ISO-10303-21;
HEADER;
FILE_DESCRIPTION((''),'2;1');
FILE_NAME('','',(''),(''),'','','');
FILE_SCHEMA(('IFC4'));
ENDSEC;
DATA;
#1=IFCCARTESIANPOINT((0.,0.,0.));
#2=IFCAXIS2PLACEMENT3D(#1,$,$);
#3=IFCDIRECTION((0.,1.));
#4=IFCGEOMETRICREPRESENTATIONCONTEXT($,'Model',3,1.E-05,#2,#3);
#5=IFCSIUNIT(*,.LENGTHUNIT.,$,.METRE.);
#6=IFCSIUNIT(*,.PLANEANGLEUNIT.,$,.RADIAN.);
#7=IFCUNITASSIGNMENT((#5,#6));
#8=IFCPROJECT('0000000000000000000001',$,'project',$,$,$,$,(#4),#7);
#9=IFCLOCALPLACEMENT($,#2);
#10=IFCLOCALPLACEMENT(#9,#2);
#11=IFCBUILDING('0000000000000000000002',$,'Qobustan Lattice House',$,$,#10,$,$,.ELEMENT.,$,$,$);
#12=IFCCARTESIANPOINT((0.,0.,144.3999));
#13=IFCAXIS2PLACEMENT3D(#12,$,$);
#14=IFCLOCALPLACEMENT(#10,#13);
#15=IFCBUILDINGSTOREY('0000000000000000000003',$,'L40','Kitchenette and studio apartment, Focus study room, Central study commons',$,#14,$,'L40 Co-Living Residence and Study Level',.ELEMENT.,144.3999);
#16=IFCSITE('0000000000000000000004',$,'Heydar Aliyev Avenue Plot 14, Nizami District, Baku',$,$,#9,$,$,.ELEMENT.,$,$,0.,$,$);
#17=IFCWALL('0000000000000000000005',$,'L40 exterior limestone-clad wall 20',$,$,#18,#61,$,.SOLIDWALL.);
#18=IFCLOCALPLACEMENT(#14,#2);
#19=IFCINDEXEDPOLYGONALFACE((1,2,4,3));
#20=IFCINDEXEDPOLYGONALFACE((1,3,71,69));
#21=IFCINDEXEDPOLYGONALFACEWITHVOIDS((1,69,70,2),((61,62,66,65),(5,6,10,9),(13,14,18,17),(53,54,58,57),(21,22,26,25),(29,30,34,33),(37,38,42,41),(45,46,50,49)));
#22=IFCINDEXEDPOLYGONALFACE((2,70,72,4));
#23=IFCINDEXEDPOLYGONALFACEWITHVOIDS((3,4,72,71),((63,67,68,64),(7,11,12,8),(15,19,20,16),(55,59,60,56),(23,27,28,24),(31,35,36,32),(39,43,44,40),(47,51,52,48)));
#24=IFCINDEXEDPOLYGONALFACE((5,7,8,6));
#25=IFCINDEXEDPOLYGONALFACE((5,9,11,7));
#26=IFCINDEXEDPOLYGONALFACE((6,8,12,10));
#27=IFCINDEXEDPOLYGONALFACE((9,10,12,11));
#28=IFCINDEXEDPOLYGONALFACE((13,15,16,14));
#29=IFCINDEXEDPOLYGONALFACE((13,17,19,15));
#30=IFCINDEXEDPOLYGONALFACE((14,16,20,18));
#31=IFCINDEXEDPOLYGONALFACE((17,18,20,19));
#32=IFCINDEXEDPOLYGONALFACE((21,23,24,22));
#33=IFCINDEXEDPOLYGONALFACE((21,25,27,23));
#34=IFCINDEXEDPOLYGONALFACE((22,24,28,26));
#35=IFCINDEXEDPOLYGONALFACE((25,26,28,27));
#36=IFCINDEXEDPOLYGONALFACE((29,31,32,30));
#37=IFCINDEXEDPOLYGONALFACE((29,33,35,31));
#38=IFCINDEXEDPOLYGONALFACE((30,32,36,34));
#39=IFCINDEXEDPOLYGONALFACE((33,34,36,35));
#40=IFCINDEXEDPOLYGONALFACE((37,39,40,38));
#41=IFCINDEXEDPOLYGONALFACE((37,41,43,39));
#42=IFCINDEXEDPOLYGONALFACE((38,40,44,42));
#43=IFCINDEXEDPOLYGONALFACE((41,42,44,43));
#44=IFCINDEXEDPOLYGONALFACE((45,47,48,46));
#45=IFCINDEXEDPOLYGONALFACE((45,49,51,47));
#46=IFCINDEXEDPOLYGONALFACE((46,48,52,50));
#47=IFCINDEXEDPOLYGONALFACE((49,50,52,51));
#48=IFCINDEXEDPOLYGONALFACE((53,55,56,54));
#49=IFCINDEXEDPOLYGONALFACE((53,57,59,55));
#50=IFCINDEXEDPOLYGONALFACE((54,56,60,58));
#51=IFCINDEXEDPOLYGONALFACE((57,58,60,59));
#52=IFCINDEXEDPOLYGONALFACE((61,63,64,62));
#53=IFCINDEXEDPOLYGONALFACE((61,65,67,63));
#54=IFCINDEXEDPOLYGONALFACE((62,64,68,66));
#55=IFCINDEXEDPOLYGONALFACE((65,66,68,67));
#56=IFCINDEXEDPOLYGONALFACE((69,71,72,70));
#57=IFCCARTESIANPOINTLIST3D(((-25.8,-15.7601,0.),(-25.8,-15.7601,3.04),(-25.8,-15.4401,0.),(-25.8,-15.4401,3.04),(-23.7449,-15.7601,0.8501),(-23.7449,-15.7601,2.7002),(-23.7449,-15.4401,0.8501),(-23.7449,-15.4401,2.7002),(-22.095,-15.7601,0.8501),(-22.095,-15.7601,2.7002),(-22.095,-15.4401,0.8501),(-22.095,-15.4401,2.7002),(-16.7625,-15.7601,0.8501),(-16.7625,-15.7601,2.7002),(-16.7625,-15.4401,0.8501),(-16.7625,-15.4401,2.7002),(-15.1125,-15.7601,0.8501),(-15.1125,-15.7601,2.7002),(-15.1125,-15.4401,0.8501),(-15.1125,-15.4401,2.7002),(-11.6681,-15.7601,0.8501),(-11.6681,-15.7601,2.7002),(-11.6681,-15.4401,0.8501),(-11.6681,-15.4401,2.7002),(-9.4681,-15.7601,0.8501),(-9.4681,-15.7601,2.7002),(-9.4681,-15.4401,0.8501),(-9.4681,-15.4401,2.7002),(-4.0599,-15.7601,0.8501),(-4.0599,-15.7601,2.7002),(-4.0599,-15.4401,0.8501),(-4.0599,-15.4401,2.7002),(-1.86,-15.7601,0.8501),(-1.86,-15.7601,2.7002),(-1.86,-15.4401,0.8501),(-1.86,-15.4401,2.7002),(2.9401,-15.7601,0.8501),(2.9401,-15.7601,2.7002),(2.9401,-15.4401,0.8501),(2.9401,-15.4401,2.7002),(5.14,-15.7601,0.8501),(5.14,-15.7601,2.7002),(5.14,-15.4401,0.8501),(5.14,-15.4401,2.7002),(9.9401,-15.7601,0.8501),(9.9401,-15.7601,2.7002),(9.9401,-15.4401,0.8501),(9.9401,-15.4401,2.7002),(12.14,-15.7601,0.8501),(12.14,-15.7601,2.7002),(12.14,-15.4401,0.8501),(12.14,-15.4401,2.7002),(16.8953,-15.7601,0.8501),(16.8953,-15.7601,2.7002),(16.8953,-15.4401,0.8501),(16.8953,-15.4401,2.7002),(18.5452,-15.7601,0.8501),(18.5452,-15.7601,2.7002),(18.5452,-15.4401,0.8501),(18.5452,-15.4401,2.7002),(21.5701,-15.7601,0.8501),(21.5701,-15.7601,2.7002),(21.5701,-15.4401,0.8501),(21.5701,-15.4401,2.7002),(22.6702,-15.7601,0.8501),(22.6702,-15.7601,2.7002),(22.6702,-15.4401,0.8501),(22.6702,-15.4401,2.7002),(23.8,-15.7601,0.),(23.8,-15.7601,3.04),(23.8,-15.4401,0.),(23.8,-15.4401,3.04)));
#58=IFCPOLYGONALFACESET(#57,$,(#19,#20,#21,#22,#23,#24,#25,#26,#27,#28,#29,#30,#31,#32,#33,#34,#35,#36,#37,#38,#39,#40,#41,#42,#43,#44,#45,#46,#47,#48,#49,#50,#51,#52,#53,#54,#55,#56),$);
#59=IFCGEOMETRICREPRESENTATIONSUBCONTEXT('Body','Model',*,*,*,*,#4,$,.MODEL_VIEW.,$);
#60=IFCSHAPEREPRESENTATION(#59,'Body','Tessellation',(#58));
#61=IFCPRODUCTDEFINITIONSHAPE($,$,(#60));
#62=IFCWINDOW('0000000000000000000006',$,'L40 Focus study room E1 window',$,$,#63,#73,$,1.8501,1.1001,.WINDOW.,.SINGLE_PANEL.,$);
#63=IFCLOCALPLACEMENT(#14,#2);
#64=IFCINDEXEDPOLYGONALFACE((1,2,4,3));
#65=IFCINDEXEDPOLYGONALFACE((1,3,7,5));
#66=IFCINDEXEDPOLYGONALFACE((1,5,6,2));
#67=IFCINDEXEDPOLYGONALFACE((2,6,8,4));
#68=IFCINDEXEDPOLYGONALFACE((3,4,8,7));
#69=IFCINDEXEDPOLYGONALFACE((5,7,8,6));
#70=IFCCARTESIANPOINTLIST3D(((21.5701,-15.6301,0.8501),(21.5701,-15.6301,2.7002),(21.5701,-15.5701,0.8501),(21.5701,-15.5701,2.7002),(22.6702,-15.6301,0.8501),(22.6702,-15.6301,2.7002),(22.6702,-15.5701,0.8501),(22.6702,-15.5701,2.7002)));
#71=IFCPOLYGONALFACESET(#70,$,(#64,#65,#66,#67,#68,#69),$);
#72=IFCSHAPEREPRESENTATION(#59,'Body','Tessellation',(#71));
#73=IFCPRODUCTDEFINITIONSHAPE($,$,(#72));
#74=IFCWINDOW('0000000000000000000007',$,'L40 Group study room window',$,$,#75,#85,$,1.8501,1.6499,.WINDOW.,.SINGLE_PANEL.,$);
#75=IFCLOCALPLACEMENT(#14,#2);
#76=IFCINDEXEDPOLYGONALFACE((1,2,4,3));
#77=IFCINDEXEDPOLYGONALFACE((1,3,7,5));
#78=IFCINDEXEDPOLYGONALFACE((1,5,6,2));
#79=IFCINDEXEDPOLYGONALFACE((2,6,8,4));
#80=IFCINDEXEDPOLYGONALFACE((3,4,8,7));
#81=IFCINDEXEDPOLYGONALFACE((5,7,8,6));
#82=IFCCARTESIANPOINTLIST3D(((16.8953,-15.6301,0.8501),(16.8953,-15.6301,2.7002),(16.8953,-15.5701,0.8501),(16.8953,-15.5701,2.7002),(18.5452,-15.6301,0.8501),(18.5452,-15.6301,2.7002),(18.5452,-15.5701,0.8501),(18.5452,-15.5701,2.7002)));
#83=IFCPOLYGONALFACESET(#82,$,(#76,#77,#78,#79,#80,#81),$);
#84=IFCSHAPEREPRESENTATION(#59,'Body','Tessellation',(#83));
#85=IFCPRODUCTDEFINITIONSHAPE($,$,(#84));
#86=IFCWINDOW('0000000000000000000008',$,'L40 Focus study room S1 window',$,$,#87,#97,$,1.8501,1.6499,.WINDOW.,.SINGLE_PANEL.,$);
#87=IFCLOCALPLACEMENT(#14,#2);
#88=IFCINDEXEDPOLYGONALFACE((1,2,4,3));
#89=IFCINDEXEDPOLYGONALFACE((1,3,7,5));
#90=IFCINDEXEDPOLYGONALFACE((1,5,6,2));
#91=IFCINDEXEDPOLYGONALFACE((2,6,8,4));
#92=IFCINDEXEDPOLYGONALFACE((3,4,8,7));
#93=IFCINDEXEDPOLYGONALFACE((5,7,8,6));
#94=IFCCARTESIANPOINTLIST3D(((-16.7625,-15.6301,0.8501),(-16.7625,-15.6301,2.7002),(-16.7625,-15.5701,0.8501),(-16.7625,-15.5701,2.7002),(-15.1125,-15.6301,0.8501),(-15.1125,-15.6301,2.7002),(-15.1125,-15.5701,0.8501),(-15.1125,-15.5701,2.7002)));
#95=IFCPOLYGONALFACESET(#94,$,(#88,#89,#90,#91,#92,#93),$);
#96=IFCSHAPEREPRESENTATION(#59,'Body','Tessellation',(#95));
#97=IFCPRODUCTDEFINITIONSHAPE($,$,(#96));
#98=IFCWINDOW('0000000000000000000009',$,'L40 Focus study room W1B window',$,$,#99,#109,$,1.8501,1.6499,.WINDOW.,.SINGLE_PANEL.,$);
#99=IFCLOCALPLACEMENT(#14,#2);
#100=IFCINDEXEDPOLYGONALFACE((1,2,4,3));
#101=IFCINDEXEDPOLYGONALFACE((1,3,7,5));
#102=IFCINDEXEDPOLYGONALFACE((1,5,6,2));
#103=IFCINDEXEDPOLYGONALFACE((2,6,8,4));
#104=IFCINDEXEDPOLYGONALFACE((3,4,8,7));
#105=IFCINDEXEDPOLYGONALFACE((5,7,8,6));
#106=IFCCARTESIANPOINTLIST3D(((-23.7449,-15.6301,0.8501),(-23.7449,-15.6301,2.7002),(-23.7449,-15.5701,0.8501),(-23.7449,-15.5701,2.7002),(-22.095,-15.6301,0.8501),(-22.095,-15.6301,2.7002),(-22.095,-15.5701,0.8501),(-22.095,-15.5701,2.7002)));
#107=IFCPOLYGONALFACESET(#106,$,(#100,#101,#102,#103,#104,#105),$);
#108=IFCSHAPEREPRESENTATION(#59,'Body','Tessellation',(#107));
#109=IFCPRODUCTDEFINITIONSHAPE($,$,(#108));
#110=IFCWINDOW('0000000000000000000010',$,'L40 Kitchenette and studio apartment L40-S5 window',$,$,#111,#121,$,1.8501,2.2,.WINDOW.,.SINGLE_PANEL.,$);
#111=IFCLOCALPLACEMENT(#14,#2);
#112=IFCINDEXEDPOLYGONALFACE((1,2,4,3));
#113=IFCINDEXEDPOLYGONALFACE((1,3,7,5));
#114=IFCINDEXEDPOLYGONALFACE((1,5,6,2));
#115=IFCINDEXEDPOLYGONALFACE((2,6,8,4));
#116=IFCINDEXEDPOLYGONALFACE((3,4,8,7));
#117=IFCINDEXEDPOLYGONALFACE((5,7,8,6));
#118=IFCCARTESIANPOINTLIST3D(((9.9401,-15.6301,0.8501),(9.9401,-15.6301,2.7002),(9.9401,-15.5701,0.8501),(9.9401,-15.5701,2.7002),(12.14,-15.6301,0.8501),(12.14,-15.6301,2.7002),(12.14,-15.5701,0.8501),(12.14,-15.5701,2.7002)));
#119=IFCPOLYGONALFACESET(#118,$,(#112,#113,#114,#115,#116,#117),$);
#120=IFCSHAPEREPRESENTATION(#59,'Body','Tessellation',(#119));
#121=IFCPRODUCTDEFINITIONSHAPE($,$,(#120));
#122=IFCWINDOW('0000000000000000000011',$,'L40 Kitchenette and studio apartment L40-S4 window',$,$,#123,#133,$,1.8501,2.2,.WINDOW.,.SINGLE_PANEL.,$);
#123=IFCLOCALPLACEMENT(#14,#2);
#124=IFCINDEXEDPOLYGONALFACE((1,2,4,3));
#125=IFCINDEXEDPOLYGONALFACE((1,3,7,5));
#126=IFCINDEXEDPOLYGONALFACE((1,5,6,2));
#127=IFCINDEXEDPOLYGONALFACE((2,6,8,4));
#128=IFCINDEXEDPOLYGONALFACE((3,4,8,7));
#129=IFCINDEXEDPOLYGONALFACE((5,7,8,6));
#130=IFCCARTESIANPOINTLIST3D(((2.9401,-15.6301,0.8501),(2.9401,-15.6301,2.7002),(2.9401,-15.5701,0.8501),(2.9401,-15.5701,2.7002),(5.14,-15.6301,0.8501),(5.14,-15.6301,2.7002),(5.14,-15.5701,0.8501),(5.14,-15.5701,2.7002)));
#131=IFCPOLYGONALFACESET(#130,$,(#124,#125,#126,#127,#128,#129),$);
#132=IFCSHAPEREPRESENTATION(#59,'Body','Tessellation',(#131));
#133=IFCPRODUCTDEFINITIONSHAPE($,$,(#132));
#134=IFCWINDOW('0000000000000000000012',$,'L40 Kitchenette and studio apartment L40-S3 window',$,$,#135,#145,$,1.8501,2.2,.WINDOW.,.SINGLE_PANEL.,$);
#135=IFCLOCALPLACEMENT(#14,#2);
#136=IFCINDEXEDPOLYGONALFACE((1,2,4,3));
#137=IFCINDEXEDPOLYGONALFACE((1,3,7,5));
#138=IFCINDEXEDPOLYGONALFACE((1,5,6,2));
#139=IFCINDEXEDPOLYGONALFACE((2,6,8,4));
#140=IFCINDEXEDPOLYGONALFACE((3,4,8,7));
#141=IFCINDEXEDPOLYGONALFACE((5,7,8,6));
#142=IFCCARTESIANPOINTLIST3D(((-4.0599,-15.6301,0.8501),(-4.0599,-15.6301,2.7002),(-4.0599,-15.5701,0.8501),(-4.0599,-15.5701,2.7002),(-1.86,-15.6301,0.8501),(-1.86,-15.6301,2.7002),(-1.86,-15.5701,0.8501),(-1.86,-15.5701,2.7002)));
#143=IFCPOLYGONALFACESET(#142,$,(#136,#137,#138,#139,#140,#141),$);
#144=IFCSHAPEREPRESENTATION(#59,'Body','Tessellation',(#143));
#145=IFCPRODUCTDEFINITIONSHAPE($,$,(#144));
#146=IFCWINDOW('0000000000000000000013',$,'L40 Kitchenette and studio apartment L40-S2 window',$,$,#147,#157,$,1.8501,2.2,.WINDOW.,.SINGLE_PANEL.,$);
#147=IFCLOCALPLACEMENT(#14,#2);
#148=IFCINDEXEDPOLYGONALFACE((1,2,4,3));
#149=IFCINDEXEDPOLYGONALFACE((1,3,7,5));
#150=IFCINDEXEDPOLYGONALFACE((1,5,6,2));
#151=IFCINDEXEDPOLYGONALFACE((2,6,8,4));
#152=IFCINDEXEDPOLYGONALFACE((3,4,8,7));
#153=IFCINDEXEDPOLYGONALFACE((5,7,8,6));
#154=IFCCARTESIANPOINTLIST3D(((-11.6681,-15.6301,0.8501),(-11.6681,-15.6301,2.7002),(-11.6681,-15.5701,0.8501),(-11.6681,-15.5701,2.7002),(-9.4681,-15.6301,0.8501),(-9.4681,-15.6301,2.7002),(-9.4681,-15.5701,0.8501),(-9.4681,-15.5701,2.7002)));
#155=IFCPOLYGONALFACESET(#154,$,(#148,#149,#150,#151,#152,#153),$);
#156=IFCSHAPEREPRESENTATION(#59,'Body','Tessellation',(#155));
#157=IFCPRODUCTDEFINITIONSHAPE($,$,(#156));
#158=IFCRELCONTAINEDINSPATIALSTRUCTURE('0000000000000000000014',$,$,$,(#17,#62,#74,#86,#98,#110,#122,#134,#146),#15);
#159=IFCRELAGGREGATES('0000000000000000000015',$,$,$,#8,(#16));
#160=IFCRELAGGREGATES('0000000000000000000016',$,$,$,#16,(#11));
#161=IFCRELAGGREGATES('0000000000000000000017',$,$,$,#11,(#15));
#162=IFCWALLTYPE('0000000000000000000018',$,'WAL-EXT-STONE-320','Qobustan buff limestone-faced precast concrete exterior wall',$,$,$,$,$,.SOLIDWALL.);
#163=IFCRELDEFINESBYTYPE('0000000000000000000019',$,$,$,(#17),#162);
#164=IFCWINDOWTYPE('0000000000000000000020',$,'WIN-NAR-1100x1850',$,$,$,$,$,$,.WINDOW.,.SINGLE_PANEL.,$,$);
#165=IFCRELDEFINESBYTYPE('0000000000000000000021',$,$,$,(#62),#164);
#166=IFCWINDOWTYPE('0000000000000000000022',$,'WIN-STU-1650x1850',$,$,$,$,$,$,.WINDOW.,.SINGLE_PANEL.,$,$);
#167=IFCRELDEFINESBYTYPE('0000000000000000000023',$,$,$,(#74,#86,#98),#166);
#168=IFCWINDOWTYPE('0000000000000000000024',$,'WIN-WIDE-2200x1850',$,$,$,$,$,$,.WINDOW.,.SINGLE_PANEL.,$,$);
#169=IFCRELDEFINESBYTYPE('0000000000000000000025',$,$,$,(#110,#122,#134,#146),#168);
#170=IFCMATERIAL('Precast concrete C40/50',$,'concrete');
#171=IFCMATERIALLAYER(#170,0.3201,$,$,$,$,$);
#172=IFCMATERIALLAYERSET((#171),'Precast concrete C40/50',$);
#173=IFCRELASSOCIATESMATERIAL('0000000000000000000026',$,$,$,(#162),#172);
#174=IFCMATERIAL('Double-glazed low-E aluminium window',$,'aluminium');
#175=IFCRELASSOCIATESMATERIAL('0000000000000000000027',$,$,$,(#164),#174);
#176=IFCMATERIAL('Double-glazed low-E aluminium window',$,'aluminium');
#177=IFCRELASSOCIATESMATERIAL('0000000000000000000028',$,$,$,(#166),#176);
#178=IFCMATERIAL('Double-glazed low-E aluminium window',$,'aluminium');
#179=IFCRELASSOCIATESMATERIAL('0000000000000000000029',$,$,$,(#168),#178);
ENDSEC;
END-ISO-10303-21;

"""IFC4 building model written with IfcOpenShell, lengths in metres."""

from ifc_helpers import new_model, si_unit, direction, frame, frame_2d, origin, place, context, subcontext, project, spatial, rectangle, extrude, material, layer, layer_set, type_object, element, fill, save


model = new_model("IFC4")

# Units and contexts
model_context = context("Model", 3, precision=1e-05, world=origin(), true_north=direction((0.0, 1.0)))
body_context = subcontext(model_context, "Body", "Model", "MODEL_VIEW")
ifc_project = project(units=[si_unit("LENGTHUNIT", "METRE"), si_unit("PLANEANGLEUNIT", "RADIAN")], contexts=[model_context])

# Site, building, storey
site_placement = place(None, origin())
site = spatial("IfcSite", under=ifc_project, at=site_placement, Name="Heydar Aliyev Avenue Plot 14, Nizami District, Baku", CompositionType="ELEMENT", RefElevation=0.0)
building_placement = place(site_placement, origin())
building = spatial("IfcBuilding", under=site, at=building_placement, Name="Qobustan Lattice House", CompositionType="ELEMENT")
storey_placement = place(building_placement, frame((0.0, 0.0, 144.3999)))
storey = spatial("IfcBuildingStorey", under=building, at=storey_placement, Name="L40", Description="Kitchenette and studio apartment, Focus study room, Central study commons", LongName="L40 Co-Living Residence and Study Level", CompositionType="ELEMENT", Elevation=144.3999)

# Shared definitions
ifc_material_1 = material(Name="Precast concrete C40/50", Category="concrete")
ifc_layer_1 = layer(ifc_material_1, 0.3201)
ifc_layer_set_1 = layer_set([ifc_layer_1], Name="Precast concrete C40/50")
wall_type_1 = type_object("IfcWallType", Name="WAL-EXT-STONE-320", Description="Qobustan buff limestone-faced precast concrete exterior wall", PredefinedType="SOLIDWALL", material=ifc_layer_set_1)

# Wall, openings, windows
wall_1_placement = place(storey_placement, frame((23.8, -15.6001, 0.0), z_axis=(0.0, 0.0, 1.0), x_axis=(-1.0, 0.0, 0.0)))
wall_1 = element("IfcWall", 1, at=wall_1_placement, inside=storey, type_object=wall_type_1, Name="L40 exterior limestone-clad wall 20", PredefinedType="SOLIDWALL", context=body_context, shape_type="SweptSolid", body=[
    extrude(rectangle(XDim=49.6001, YDim=0.3201, at=frame_2d((24.8, 0.0))), origin(), (0.0, 0.0, 1.0), 3.04),
])
opening_1_placement = place(wall_1_placement, frame((1.1299, 0.0, 0.8501)))
opening_1 = element("IfcOpeningElement", 2, at=opening_1_placement, cuts=wall_1, PredefinedType="OPENING", context=body_context, shape_type="SweptSolid", body=[
    extrude(rectangle(XDim=1.1001, YDim=1.8501, at=frame_2d((0.55, 0.925))), frame((0.0, 0.1699, 0.0), z_axis=(0.0, -1.0, 0.0), x_axis=(1.0, 0.0, 0.0)), (0.0, 0.0, 1.0), 0.3401),
])
opening_2_placement = place(wall_1_placement, frame((5.2549, 0.0, 0.8501)))
opening_2 = element("IfcOpeningElement", 3, at=opening_2_placement, cuts=wall_1, PredefinedType="OPENING", context=body_context, shape_type="SweptSolid", body=[
    extrude(rectangle(XDim=1.6499, YDim=1.8501, at=frame_2d((0.825, 0.925))), frame((0.0, 0.1699, 0.0), z_axis=(0.0, -1.0, 0.0), x_axis=(1.0, 0.0, 0.0)), (0.0, 0.0, 1.0), 0.3401),
])
opening_3_placement = place(wall_1_placement, frame((11.6599, 0.0, 0.8501)))
opening_3 = element("IfcOpeningElement", 4, at=opening_3_placement, cuts=wall_1, PredefinedType="OPENING", context=body_context, shape_type="SweptSolid", body=[
    extrude(rectangle(XDim=2.2, YDim=1.8501, at=frame_2d((1.1001, 0.925))), frame((0.0, 0.1699, 0.0), z_axis=(0.0, -1.0, 0.0), x_axis=(1.0, 0.0, 0.0)), (0.0, 0.0, 1.0), 0.3401),
])
opening_4_placement = place(wall_1_placement, frame((18.6599, 0.0, 0.8501)))
opening_4 = element("IfcOpeningElement", 5, at=opening_4_placement, cuts=wall_1, PredefinedType="OPENING", context=body_context, shape_type="SweptSolid", body=[
    extrude(rectangle(XDim=2.2, YDim=1.8501, at=frame_2d((1.1001, 0.925))), frame((0.0, 0.1699, 0.0), z_axis=(0.0, -1.0, 0.0), x_axis=(1.0, 0.0, 0.0)), (0.0, 0.0, 1.0), 0.3401),
])
opening_5_placement = place(wall_1_placement, frame((25.6599, 0.0, 0.8501)))
opening_5 = element("IfcOpeningElement", 6, at=opening_5_placement, cuts=wall_1, PredefinedType="OPENING", context=body_context, shape_type="SweptSolid", body=[
    extrude(rectangle(XDim=2.2, YDim=1.8501, at=frame_2d((1.1001, 0.925))), frame((0.0, 0.1699, 0.0), z_axis=(0.0, -1.0, 0.0), x_axis=(1.0, 0.0, 0.0)), (0.0, 0.0, 1.0), 0.3401),
])
opening_6_placement = place(wall_1_placement, frame((33.2681, 0.0, 0.8501)))
opening_6 = element("IfcOpeningElement", 7, at=opening_6_placement, cuts=wall_1, PredefinedType="OPENING", context=body_context, shape_type="SweptSolid", body=[
    extrude(rectangle(XDim=2.2, YDim=1.8501, at=frame_2d((1.1001, 0.925))), frame((0.0, 0.1699, 0.0), z_axis=(0.0, -1.0, 0.0), x_axis=(1.0, 0.0, 0.0)), (0.0, 0.0, 1.0), 0.3401),
])
opening_7_placement = place(wall_1_placement, frame((38.9126, 0.0, 0.8501)))
opening_7 = element("IfcOpeningElement", 8, at=opening_7_placement, cuts=wall_1, PredefinedType="OPENING", context=body_context, shape_type="SweptSolid", body=[
    extrude(rectangle(XDim=1.6499, YDim=1.8501, at=frame_2d((0.825, 0.925))), frame((0.0, 0.1699, 0.0), z_axis=(0.0, -1.0, 0.0), x_axis=(1.0, 0.0, 0.0)), (0.0, 0.0, 1.0), 0.3401),
])
opening_8_placement = place(wall_1_placement, frame((45.895, 0.0, 0.8501)))
opening_8 = element("IfcOpeningElement", 9, at=opening_8_placement, cuts=wall_1, PredefinedType="OPENING", context=body_context, shape_type="SweptSolid", body=[
    extrude(rectangle(XDim=1.6499, YDim=1.8501, at=frame_2d((0.825, 0.925))), frame((0.0, 0.1699, 0.0), z_axis=(0.0, -1.0, 0.0), x_axis=(1.0, 0.0, 0.0)), (0.0, 0.0, 1.0), 0.3401),
])
ifc_material_2 = material(Name="Double-glazed low-E aluminium window", Category="aluminium")
window_type_1 = type_object("IfcWindowType", Name="WIN-NAR-1100x1850", PartitioningType="SINGLE_PANEL", PredefinedType="WINDOW", material=ifc_material_2)
window_1_placement = place(opening_1_placement, origin())
window_1 = element("IfcWindow", 10, at=window_1_placement, inside=storey, type_object=window_type_1, Name="L40 Focus study room E1 window", OverallHeight=1.8501, OverallWidth=1.1001, PartitioningType="SINGLE_PANEL", PredefinedType="WINDOW", context=body_context, shape_type="SweptSolid", body=[
    extrude(rectangle(XDim=1.1001, YDim=1.8501, at=frame_2d((0.55, 0.925))), frame((0.0, 0.03, 0.0), z_axis=(0.0, -1.0, 0.0), x_axis=(1.0, 0.0, 0.0)), (0.0, 0.0, 1.0), 0.0601),
])
fill(opening_1, window_1)
ifc_material_3 = material(Name="Double-glazed low-E aluminium window", Category="aluminium")
window_type_2 = type_object("IfcWindowType", Name="WIN-STU-1650x1850", PartitioningType="SINGLE_PANEL", PredefinedType="WINDOW", material=ifc_material_3)
window_2_placement = place(opening_2_placement, origin())
window_2 = element("IfcWindow", 11, at=window_2_placement, inside=storey, type_object=window_type_2, Name="L40 Group study room window", OverallHeight=1.8501, OverallWidth=1.6499, PartitioningType="SINGLE_PANEL", PredefinedType="WINDOW", context=body_context, shape_type="SweptSolid", body=[
    extrude(rectangle(XDim=1.6499, YDim=1.8501, at=frame_2d((0.825, 0.925))), frame((0.0, 0.03, 0.0), z_axis=(0.0, -1.0, 0.0), x_axis=(1.0, 0.0, 0.0)), (0.0, 0.0, 1.0), 0.0601),
])
fill(opening_2, window_2)
window_3_placement = place(opening_7_placement, origin())
window_3 = element("IfcWindow", 12, at=window_3_placement, inside=storey, type_object=window_type_2, Name="L40 Focus study room S1 window", OverallHeight=1.8501, OverallWidth=1.6499, PartitioningType="SINGLE_PANEL", PredefinedType="WINDOW", context=body_context, shape_type="SweptSolid", body=[
    extrude(rectangle(XDim=1.6499, YDim=1.8501, at=frame_2d((0.825, 0.925))), frame((0.0, 0.03, 0.0), z_axis=(0.0, -1.0, 0.0), x_axis=(1.0, 0.0, 0.0)), (0.0, 0.0, 1.0), 0.0601),
])
fill(opening_7, window_3)
window_4_placement = place(opening_8_placement, origin())
window_4 = element("IfcWindow", 13, at=window_4_placement, inside=storey, type_object=window_type_2, Name="L40 Focus study room W1B window", OverallHeight=1.8501, OverallWidth=1.6499, PartitioningType="SINGLE_PANEL", PredefinedType="WINDOW", context=body_context, shape_type="SweptSolid", body=[
    extrude(rectangle(XDim=1.6499, YDim=1.8501, at=frame_2d((0.825, 0.925))), frame((0.0, 0.03, 0.0), z_axis=(0.0, -1.0, 0.0), x_axis=(1.0, 0.0, 0.0)), (0.0, 0.0, 1.0), 0.0601),
])
fill(opening_8, window_4)
ifc_material_4 = material(Name="Double-glazed low-E aluminium window", Category="aluminium")
window_type_3 = type_object("IfcWindowType", Name="WIN-WIDE-2200x1850", PartitioningType="SINGLE_PANEL", PredefinedType="WINDOW", material=ifc_material_4)
window_5_placement = place(opening_3_placement, origin())
window_5 = element("IfcWindow", 14, at=window_5_placement, inside=storey, type_object=window_type_3, Name="L40 Kitchenette and studio apartment L40-S5 window", OverallHeight=1.8501, OverallWidth=2.2, PartitioningType="SINGLE_PANEL", PredefinedType="WINDOW", context=body_context, shape_type="SweptSolid", body=[
    extrude(rectangle(XDim=2.2, YDim=1.8501, at=frame_2d((1.1001, 0.925))), frame((0.0, 0.03, 0.0), z_axis=(0.0, -1.0, 0.0), x_axis=(1.0, 0.0, 0.0)), (0.0, 0.0, 1.0), 0.0601),
])
fill(opening_3, window_5)
window_6_placement = place(opening_4_placement, origin())
window_6 = element("IfcWindow", 15, at=window_6_placement, inside=storey, type_object=window_type_3, Name="L40 Kitchenette and studio apartment L40-S4 window", OverallHeight=1.8501, OverallWidth=2.2, PartitioningType="SINGLE_PANEL", PredefinedType="WINDOW", context=body_context, shape_type="SweptSolid", body=[
    extrude(rectangle(XDim=2.2, YDim=1.8501, at=frame_2d((1.1001, 0.925))), frame((0.0, 0.03, 0.0), z_axis=(0.0, -1.0, 0.0), x_axis=(1.0, 0.0, 0.0)), (0.0, 0.0, 1.0), 0.0601),
])
fill(opening_4, window_6)
window_7_placement = place(opening_5_placement, origin())
window_7 = element("IfcWindow", 16, at=window_7_placement, inside=storey, type_object=window_type_3, Name="L40 Kitchenette and studio apartment L40-S3 window", OverallHeight=1.8501, OverallWidth=2.2, PartitioningType="SINGLE_PANEL", PredefinedType="WINDOW", context=body_context, shape_type="SweptSolid", body=[
    extrude(rectangle(XDim=2.2, YDim=1.8501, at=frame_2d((1.1001, 0.925))), frame((0.0, 0.03, 0.0), z_axis=(0.0, -1.0, 0.0), x_axis=(1.0, 0.0, 0.0)), (0.0, 0.0, 1.0), 0.0601),
])
fill(opening_5, window_7)
window_8_placement = place(opening_6_placement, origin())
window_8 = element("IfcWindow", 17, at=window_8_placement, inside=storey, type_object=window_type_3, Name="L40 Kitchenette and studio apartment L40-S2 window", OverallHeight=1.8501, OverallWidth=2.2, PartitioningType="SINGLE_PANEL", PredefinedType="WINDOW", context=body_context, shape_type="SweptSolid", body=[
    extrude(rectangle(XDim=2.2, YDim=1.8501, at=frame_2d((1.1001, 0.925))), frame((0.0, 0.03, 0.0), z_axis=(0.0, -1.0, 0.0), x_axis=(1.0, 0.0, 0.0)), (0.0, 0.0, 1.0), 0.0601),
])
fill(opening_6, window_8)

save(model, "model.ifc")
